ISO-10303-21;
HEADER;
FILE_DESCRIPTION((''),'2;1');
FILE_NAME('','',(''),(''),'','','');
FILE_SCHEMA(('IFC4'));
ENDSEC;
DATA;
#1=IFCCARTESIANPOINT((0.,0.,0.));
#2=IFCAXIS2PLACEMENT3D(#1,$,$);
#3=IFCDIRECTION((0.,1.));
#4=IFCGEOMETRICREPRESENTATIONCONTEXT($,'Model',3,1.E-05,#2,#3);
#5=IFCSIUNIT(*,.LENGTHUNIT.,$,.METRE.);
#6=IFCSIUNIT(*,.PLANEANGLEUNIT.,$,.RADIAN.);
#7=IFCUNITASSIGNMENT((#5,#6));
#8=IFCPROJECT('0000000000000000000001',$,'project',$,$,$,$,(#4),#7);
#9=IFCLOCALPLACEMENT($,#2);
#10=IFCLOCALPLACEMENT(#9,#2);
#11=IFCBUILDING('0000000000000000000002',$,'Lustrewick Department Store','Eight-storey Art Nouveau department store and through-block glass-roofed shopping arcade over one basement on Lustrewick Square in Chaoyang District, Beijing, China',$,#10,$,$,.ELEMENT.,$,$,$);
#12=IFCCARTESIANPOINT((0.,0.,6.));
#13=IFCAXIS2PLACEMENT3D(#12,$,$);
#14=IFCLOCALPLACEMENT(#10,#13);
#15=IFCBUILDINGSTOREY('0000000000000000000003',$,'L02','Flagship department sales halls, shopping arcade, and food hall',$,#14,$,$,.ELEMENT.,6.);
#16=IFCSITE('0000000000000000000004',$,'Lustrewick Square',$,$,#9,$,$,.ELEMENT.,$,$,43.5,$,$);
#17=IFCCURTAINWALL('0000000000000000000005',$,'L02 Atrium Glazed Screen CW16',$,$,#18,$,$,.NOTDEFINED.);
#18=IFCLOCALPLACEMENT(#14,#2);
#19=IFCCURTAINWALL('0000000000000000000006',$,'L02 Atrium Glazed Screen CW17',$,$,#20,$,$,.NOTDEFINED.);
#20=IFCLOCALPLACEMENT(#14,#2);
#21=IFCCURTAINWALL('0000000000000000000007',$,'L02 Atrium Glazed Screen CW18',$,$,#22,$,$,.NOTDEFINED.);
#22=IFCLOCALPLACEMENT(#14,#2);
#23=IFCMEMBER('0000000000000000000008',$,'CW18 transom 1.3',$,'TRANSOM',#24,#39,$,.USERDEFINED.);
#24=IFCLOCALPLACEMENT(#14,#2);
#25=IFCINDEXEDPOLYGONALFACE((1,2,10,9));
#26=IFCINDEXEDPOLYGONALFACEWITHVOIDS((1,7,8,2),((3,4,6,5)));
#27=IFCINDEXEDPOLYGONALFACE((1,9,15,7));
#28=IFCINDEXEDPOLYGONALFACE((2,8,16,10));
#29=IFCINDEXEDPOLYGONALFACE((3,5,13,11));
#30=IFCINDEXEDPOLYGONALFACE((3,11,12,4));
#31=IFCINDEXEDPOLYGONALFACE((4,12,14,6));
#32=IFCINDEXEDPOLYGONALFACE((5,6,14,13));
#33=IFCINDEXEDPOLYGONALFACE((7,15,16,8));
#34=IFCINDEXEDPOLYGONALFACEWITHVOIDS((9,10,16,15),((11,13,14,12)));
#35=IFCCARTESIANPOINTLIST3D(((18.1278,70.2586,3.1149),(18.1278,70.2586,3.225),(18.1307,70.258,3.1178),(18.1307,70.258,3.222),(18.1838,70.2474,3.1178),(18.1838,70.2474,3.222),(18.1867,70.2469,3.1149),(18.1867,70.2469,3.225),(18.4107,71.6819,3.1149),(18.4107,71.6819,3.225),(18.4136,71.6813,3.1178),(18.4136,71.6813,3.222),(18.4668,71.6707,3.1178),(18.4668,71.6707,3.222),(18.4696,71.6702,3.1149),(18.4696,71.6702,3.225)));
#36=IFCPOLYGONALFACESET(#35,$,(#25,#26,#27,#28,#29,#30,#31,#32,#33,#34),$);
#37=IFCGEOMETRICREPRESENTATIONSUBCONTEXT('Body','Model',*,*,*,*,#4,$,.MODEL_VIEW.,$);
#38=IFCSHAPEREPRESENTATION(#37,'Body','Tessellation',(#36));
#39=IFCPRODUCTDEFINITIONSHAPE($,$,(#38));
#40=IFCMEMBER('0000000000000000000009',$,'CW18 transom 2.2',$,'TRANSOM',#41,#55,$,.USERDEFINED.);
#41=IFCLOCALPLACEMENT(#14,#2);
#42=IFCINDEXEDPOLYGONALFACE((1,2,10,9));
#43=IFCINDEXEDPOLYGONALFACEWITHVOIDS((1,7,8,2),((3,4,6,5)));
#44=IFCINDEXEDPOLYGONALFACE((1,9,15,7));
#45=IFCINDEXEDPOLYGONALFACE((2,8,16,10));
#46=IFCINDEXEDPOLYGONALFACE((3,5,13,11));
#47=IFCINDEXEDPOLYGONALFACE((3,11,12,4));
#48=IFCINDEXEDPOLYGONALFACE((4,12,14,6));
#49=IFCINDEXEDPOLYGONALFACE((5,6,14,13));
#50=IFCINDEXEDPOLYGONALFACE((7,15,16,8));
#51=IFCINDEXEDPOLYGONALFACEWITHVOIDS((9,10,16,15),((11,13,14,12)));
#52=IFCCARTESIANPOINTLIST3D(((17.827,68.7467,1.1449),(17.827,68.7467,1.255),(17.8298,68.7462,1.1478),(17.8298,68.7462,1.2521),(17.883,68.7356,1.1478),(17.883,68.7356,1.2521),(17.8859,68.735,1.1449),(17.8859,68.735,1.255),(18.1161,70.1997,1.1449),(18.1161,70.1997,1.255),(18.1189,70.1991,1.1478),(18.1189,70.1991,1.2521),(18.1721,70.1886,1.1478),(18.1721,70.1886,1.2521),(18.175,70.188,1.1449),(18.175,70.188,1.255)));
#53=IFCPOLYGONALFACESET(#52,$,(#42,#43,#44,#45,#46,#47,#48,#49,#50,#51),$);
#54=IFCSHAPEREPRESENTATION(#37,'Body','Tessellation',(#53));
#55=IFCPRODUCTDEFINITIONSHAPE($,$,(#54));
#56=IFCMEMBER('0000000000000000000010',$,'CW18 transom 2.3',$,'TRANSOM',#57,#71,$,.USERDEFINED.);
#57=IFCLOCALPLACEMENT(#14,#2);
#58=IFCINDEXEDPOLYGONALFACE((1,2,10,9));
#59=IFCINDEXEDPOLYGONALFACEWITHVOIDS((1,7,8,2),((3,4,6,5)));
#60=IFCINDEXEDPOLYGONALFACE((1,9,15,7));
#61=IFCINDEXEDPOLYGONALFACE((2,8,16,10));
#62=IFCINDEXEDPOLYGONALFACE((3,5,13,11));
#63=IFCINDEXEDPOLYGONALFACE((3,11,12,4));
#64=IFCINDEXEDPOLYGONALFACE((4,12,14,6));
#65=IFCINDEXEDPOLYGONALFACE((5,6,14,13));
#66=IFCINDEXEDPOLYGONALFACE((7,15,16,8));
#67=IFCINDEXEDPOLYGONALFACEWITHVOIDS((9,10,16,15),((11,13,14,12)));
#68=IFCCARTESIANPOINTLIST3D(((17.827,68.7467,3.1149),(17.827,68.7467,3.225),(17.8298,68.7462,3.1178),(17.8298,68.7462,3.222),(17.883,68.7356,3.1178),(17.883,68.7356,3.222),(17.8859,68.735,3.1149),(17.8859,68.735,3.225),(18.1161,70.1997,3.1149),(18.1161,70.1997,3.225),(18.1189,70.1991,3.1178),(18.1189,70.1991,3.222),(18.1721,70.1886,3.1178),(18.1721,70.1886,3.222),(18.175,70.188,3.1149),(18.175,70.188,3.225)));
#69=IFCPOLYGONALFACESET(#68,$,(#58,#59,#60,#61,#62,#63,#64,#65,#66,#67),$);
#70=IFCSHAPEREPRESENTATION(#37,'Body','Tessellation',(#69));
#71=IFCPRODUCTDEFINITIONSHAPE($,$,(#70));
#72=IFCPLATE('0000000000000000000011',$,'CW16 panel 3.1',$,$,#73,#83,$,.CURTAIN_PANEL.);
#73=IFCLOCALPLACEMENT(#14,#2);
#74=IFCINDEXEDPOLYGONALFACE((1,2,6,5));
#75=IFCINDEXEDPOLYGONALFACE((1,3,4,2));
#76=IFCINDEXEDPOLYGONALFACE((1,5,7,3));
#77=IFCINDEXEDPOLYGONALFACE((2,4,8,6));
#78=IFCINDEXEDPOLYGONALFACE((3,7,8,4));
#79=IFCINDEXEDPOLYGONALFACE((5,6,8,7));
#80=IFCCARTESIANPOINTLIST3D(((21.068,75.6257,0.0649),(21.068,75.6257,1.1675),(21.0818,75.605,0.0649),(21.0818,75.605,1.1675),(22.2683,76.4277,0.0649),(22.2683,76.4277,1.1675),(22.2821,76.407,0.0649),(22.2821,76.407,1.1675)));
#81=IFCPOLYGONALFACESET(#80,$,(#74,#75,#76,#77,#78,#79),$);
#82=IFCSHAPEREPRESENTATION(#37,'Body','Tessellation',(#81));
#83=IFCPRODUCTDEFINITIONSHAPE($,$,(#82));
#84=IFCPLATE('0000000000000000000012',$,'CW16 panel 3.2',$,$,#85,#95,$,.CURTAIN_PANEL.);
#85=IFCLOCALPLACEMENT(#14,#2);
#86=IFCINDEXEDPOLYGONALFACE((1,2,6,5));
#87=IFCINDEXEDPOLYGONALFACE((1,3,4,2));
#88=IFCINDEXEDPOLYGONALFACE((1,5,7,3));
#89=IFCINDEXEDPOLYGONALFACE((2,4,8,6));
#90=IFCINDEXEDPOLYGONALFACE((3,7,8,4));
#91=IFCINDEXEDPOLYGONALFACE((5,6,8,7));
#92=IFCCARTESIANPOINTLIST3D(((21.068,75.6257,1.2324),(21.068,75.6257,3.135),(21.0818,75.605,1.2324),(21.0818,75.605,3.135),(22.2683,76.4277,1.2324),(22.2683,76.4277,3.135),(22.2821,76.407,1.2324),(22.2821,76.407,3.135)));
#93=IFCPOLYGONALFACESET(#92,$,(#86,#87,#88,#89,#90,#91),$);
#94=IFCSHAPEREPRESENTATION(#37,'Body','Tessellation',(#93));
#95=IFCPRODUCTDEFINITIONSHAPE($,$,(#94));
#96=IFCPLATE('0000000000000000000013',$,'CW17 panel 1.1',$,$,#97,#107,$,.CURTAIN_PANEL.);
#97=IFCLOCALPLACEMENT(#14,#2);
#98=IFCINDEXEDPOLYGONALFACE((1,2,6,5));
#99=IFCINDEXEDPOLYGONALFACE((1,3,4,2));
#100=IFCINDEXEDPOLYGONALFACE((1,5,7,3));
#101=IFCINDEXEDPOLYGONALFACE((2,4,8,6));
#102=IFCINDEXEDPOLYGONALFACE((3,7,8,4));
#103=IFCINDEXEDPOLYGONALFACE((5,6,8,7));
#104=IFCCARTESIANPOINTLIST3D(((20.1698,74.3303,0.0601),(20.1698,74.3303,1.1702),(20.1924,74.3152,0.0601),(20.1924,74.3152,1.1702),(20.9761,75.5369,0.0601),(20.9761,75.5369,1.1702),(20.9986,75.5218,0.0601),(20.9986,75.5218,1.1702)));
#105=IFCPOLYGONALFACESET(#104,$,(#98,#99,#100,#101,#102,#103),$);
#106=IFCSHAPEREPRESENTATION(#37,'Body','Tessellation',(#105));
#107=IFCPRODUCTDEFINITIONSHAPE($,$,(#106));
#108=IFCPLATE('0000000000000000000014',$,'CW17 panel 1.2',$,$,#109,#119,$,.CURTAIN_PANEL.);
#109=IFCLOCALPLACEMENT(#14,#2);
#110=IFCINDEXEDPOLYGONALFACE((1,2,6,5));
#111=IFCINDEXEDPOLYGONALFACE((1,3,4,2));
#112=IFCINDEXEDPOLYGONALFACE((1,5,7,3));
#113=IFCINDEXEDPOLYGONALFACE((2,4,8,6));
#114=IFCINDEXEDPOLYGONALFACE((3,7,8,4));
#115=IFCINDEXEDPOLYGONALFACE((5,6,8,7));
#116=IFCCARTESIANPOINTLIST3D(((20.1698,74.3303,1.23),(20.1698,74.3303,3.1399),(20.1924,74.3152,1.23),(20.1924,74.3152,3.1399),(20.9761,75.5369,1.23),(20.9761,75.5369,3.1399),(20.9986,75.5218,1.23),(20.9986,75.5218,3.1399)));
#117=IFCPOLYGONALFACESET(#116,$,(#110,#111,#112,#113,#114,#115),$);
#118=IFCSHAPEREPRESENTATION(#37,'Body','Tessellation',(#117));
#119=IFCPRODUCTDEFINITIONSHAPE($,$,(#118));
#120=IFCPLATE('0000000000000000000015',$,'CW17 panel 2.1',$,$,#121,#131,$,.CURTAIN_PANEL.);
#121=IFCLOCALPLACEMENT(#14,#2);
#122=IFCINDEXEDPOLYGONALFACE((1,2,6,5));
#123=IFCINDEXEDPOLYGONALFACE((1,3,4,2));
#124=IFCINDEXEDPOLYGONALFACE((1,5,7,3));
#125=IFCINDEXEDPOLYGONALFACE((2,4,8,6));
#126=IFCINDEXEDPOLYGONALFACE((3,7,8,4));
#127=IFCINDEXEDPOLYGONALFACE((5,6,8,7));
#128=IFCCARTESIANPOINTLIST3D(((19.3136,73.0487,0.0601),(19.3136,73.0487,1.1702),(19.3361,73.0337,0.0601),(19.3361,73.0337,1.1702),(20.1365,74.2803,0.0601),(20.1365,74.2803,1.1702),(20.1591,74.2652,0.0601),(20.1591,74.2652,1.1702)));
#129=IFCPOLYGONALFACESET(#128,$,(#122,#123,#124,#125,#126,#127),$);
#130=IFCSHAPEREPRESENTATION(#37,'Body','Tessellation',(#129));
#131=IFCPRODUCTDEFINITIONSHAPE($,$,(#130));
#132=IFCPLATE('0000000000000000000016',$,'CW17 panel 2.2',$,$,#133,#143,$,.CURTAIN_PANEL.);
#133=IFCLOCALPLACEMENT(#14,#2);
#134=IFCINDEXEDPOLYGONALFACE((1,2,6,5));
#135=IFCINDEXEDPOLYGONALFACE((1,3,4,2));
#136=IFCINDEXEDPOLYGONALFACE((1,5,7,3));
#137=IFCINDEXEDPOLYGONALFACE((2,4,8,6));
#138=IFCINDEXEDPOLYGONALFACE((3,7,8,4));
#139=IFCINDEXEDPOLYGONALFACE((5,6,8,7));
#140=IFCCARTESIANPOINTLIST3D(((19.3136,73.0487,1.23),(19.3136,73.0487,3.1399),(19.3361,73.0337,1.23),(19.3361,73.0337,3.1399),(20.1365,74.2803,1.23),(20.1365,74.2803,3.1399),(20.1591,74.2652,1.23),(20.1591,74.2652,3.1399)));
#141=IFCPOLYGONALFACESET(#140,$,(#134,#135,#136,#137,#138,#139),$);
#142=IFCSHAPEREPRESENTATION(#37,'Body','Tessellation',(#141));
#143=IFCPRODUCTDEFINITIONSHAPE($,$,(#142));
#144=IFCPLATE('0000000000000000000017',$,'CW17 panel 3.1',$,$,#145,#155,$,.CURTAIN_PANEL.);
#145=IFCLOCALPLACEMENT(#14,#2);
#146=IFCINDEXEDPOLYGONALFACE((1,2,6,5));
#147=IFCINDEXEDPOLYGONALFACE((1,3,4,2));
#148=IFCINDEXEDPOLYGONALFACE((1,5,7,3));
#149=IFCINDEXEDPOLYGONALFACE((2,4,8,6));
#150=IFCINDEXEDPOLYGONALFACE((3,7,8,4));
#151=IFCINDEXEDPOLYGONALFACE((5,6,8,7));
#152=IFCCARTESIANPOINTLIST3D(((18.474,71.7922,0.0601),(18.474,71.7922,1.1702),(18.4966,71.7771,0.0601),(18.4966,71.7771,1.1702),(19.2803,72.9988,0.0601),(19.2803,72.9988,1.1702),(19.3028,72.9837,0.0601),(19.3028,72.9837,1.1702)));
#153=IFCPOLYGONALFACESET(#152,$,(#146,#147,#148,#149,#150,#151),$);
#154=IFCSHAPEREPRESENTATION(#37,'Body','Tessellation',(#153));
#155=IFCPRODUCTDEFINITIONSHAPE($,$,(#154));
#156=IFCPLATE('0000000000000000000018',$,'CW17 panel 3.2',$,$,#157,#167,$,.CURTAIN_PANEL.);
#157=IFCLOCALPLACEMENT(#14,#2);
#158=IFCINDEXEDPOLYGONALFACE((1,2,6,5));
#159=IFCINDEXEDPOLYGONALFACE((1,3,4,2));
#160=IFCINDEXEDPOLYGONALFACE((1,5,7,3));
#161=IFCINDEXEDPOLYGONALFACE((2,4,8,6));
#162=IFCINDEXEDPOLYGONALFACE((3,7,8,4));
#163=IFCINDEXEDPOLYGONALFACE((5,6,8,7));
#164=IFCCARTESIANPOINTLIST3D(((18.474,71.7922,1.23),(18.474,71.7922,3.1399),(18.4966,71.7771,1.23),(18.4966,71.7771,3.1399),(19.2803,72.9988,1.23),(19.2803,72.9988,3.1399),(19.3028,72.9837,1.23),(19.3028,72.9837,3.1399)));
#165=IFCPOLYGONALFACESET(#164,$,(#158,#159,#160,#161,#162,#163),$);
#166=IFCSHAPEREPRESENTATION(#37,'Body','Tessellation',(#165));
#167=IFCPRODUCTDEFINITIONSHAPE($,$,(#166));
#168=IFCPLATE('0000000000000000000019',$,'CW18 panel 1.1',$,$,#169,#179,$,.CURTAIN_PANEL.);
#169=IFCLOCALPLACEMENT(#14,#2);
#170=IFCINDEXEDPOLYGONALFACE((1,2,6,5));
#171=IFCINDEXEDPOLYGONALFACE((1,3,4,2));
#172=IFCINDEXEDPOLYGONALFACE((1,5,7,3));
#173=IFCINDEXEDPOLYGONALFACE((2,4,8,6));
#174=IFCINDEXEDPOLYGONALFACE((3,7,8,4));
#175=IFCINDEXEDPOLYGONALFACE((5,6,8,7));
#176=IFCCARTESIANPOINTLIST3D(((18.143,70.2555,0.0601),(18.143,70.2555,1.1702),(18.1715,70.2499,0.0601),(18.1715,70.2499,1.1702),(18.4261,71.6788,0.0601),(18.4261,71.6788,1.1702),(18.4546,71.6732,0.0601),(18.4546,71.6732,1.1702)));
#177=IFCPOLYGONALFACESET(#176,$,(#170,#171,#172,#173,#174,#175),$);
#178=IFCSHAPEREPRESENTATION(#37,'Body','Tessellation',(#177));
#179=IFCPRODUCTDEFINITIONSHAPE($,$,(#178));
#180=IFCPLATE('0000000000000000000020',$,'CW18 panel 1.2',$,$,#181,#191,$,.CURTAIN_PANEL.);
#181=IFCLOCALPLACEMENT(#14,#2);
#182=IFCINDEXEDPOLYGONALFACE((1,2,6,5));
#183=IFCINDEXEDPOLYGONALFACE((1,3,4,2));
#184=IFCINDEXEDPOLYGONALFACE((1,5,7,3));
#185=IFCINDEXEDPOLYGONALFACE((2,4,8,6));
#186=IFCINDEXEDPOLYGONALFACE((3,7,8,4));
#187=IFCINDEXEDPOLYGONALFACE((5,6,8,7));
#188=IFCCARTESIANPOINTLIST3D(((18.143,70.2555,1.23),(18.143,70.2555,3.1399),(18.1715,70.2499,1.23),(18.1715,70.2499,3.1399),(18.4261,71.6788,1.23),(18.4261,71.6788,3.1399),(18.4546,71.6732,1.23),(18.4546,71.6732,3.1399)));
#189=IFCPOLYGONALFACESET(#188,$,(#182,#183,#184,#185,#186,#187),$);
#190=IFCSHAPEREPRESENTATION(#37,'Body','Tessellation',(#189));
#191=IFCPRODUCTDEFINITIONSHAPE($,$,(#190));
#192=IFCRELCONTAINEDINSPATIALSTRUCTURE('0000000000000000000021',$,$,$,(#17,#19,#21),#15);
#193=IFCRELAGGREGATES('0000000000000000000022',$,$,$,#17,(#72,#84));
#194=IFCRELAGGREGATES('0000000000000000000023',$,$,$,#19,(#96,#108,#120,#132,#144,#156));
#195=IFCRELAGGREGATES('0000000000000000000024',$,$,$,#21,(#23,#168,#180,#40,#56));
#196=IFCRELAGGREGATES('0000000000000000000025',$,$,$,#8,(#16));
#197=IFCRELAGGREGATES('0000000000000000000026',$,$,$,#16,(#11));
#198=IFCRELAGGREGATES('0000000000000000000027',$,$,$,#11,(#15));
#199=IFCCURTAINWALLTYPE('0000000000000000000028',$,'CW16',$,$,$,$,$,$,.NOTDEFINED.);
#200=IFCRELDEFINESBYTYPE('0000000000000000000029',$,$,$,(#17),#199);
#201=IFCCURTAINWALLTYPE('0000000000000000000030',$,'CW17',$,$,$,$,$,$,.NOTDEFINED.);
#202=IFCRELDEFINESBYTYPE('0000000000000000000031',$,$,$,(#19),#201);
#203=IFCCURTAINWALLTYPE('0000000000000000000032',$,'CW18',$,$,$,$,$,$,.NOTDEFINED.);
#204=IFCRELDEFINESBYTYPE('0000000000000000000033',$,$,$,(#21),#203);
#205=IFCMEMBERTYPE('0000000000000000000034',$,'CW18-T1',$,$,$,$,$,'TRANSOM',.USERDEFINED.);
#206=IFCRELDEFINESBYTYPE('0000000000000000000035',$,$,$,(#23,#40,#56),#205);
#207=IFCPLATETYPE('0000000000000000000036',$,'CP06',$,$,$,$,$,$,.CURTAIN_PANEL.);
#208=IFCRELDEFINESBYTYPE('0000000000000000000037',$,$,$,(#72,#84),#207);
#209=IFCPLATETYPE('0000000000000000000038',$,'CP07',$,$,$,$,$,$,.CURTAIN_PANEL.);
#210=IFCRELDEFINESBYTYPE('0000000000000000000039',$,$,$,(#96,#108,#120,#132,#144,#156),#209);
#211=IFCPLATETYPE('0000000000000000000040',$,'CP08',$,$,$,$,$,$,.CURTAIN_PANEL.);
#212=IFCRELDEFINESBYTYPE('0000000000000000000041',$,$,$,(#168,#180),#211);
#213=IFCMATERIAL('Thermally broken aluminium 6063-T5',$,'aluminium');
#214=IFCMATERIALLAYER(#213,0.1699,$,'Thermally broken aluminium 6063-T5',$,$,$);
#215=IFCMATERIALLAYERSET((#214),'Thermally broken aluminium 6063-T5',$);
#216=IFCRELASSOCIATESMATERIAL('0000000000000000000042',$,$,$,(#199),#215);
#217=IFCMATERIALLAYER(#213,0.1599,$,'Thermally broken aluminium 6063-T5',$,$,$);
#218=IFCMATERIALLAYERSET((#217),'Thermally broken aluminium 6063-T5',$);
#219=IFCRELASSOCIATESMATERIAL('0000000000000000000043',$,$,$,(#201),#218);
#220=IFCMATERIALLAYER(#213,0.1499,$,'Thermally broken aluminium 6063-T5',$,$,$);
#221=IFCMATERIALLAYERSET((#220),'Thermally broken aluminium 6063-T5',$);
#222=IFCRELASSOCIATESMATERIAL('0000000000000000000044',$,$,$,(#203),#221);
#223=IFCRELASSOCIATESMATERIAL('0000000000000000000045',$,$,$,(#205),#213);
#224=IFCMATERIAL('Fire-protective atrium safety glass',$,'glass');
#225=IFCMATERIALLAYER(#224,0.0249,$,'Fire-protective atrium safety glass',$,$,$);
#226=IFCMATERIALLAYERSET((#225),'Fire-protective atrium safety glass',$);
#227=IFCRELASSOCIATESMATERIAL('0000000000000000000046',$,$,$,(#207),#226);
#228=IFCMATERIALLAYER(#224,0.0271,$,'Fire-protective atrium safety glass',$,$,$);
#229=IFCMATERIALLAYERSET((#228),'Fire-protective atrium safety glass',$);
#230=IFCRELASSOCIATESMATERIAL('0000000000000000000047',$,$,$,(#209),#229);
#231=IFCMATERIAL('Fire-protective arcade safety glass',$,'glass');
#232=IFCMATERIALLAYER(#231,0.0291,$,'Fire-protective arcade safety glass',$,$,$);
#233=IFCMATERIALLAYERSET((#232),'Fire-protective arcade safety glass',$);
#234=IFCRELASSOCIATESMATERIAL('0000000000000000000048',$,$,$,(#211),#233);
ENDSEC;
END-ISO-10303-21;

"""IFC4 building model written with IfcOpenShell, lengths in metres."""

from ifc_helpers import new_model, si_unit, direction, frame, origin, origin_2d, place, context, subcontext, project, spatial, rectangle, hollow_rectangle, extrude, material, layer, layer_set, material_profile, profile_set, type_object, element, aggregate, save


model = new_model("IFC4")

# Units and contexts
model_context = context("Model", 3, precision=1e-05, world=origin(), true_north=direction((0.0, 1.0)))
body_context = subcontext(model_context, "Body", "Model", "MODEL_VIEW")
ifc_project = project(units=[si_unit("LENGTHUNIT", "METRE"), si_unit("PLANEANGLEUNIT", "RADIAN")], contexts=[model_context])

# Site, building, storey
site_placement = place(None, origin())
site = spatial("IfcSite", under=ifc_project, at=site_placement, Name="Lustrewick Square", CompositionType="ELEMENT", RefElevation=43.5)
building_placement = place(site_placement, origin())
building = spatial("IfcBuilding", under=site, at=building_placement, Name="Lustrewick Department Store", Description="Eight-storey Art Nouveau department store and through-block glass-roofed shopping arcade over one basement on Lustrewick Square in Chaoyang District, Beijing, China", CompositionType="ELEMENT")
storey_placement = place(building_placement, frame((0.0, 0.0, 6.0)))
storey = spatial("IfcBuildingStorey", under=building, at=storey_placement, Name="L02", Description="Flagship department sales halls, shopping arcade, and food hall", CompositionType="ELEMENT", Elevation=6.0)

# Curtain walls, members
ifc_material_1 = material(Name="Thermally broken aluminium 6063-T5", Category="aluminium")
ifc_layer_1 = layer(ifc_material_1, 0.1699, Name="Thermally broken aluminium 6063-T5")
ifc_layer_set_1 = layer_set([ifc_layer_1], Name="Thermally broken aluminium 6063-T5")
curtain_wall_type_1 = type_object("IfcCurtainWallType", Name="CW16", PredefinedType="NOTDEFINED", material=ifc_layer_set_1)
curtain_wall_1_placement = place(storey_placement, origin())
curtain_wall_1 = element("IfcCurtainWall", 1, at=curtain_wall_1_placement, inside=storey, type_object=curtain_wall_type_1, Name="L02 Atrium Glazed Screen CW16", PredefinedType="NOTDEFINED")
ifc_layer_2 = layer(ifc_material_1, 0.1599, Name="Thermally broken aluminium 6063-T5")
ifc_layer_set_2 = layer_set([ifc_layer_2], Name="Thermally broken aluminium 6063-T5")
curtain_wall_type_2 = type_object("IfcCurtainWallType", Name="CW17", PredefinedType="NOTDEFINED", material=ifc_layer_set_2)
curtain_wall_2_placement = place(storey_placement, origin())
curtain_wall_2 = element("IfcCurtainWall", 2, at=curtain_wall_2_placement, inside=storey, type_object=curtain_wall_type_2, Name="L02 Atrium Glazed Screen CW17", PredefinedType="NOTDEFINED")
ifc_layer_3 = layer(ifc_material_1, 0.1499, Name="Thermally broken aluminium 6063-T5")
ifc_layer_set_3 = layer_set([ifc_layer_3], Name="Thermally broken aluminium 6063-T5")
curtain_wall_type_3 = type_object("IfcCurtainWallType", Name="CW18", PredefinedType="NOTDEFINED", material=ifc_layer_set_3)
curtain_wall_3_placement = place(storey_placement, origin())
curtain_wall_3 = element("IfcCurtainWall", 3, at=curtain_wall_3_placement, inside=storey, type_object=curtain_wall_type_3, Name="L02 Atrium Glazed Screen CW18", PredefinedType="NOTDEFINED")
ifc_material_profile_1 = material_profile(ifc_material_1, hollow_rectangle(XDim=0.0601, YDim=0.1101, WallThickness=0.0029, at=origin_2d()), Name="ALU-T 60x110x3")
ifc_profile_set_1 = profile_set([ifc_material_profile_1], Name="Thermally broken aluminium 6063-T5")
member_type_1 = type_object("IfcMemberType", Name="CW18-T1", ElementType="TRANSOM", PredefinedType="USERDEFINED", material=ifc_profile_set_1)
member_1_placement = place(storey_placement, frame((18.4402, 71.676, 3.1699), z_axis=(-0.194984, -0.980806, 0.0), x_axis=(0.980806, -0.194984, 0.0)))
member_1 = element("IfcMember", 4, at=member_1_placement, type_object=member_type_1, Name="CW18 transom 1.3", ObjectType="TRANSOM", PredefinedType="USERDEFINED", context=body_context, shape_type="SweptSolid", body=[
    extrude(hollow_rectangle(XDim=0.0601, YDim=0.1101, WallThickness=0.0029, at=origin_2d()), origin(), (0.0, 0.0, 1.0), 1.4512),
])
member_2_placement = place(storey_placement, frame((18.1455, 70.1938, 1.2), z_axis=(-0.195134, -0.980777, 0.0), x_axis=(0.980777, -0.195134, 0.0)))
member_2 = element("IfcMember", 5, at=member_2_placement, type_object=member_type_1, Name="CW18 transom 2.2", ObjectType="TRANSOM", PredefinedType="USERDEFINED", context=body_context, shape_type="SweptSolid", body=[
    extrude(hollow_rectangle(XDim=0.0601, YDim=0.1101, WallThickness=0.0029, at=origin_2d()), origin(), (0.0, 0.0, 1.0), 1.4814),
])
member_3_placement = place(storey_placement, frame((18.1455, 70.1938, 3.1699), z_axis=(-0.195134, -0.980777, 0.0), x_axis=(0.980777, -0.195134, 0.0)))
member_3 = element("IfcMember", 6, at=member_3_placement, type_object=member_type_1, Name="CW18 transom 2.3", ObjectType="TRANSOM", PredefinedType="USERDEFINED", context=body_context, shape_type="SweptSolid", body=[
    extrude(hollow_rectangle(XDim=0.0601, YDim=0.1101, WallThickness=0.0029, at=origin_2d()), origin(), (0.0, 0.0, 1.0), 1.4814),
])

# Plates
ifc_material_2 = material(Name="Fire-protective atrium safety glass", Category="glass")
ifc_layer_4 = layer(ifc_material_2, 0.0249, Name="Fire-protective atrium safety glass")
ifc_layer_set_4 = layer_set([ifc_layer_4], Name="Fire-protective atrium safety glass")
plate_type_1 = type_object("IfcPlateType", Name="CP06", PredefinedType="CURTAIN_PANEL", material=ifc_layer_set_4)
plate_1_placement = place(storey_placement, frame((21.675, 76.0164, 0.0649), z_axis=(0.0, 0.0, 1.0), x_axis=(-0.831464, -0.555578, 0.0)))
plate_1 = element("IfcPlate", 7, at=plate_1_placement, type_object=plate_type_1, Name="CW16 panel 3.1", PredefinedType="CURTAIN_PANEL", context=body_context, shape_type="SweptSolid", body=[
    extrude(rectangle(XDim=1.4436, YDim=0.0249, at=origin_2d()), origin(), (0.0, 0.0, 1.0), 1.1025),
])
plate_2_placement = place(storey_placement, frame((21.675, 76.0164, 1.2324), z_axis=(0.0, 0.0, 1.0), x_axis=(-0.831464, -0.555578, 0.0)))
plate_2 = element("IfcPlate", 8, at=plate_2_placement, type_object=plate_type_1, Name="CW16 panel 3.2", PredefinedType="CURTAIN_PANEL", context=body_context, shape_type="SweptSolid", body=[
    extrude(rectangle(XDim=1.4436, YDim=0.0249, at=origin_2d()), origin(), (0.0, 0.0, 1.0), 1.9026),
])
aggregate(curtain_wall_1, [plate_1, plate_2])
ifc_layer_5 = layer(ifc_material_2, 0.0271, Name="Fire-protective atrium safety glass")
ifc_layer_set_5 = layer_set([ifc_layer_5], Name="Fire-protective atrium safety glass")
plate_type_2 = type_object("IfcPlateType", Name="CP07", PredefinedType="CURTAIN_PANEL", material=ifc_layer_set_5)
plate_3_placement = place(storey_placement, frame((20.5842, 74.926, 0.0601), z_axis=(0.0, 0.0, 1.0), x_axis=(-0.555578, -0.831464, 0.0)))
plate_3 = element("IfcPlate", 9, at=plate_3_placement, type_object=plate_type_2, Name="CW17 panel 1.1", PredefinedType="CURTAIN_PANEL", context=body_context, shape_type="SweptSolid", body=[
    extrude(rectangle(XDim=1.4512, YDim=0.0271, at=origin_2d()), origin(), (0.0, 0.0, 1.0), 1.1101),
])
plate_4_placement = place(storey_placement, frame((20.5842, 74.926, 1.23), z_axis=(0.0, 0.0, 1.0), x_axis=(-0.555578, -0.831464, 0.0)))
plate_4 = element("IfcPlate", 10, at=plate_4_placement, type_object=plate_type_2, Name="CW17 panel 1.2", PredefinedType="CURTAIN_PANEL", context=body_context, shape_type="SweptSolid", body=[
    extrude(rectangle(XDim=1.4512, YDim=0.0271, at=origin_2d()), origin(), (0.0, 0.0, 1.0), 1.9099),
])
plate_5_placement = place(storey_placement, frame((19.7363, 73.657, 0.0601), z_axis=(0.0, 0.0, 1.0), x_axis=(-0.555578, -0.831464, 0.0)))
plate_5 = element("IfcPlate", 11, at=plate_5_placement, type_object=plate_type_2, Name="CW17 panel 2.1", PredefinedType="CURTAIN_PANEL", context=body_context, shape_type="SweptSolid", body=[
    extrude(rectangle(XDim=1.4812, YDim=0.0271, at=origin_2d()), origin(), (0.0, 0.0, 1.0), 1.1101),
])
plate_6_placement = place(storey_placement, frame((19.7363, 73.657, 1.23), z_axis=(0.0, 0.0, 1.0), x_axis=(-0.555578, -0.831464, 0.0)))
plate_6 = element("IfcPlate", 12, at=plate_6_placement, type_object=plate_type_2, Name="CW17 panel 2.2", PredefinedType="CURTAIN_PANEL", context=body_context, shape_type="SweptSolid", body=[
    extrude(rectangle(XDim=1.4812, YDim=0.0271, at=origin_2d()), origin(), (0.0, 0.0, 1.0), 1.9099),
])
plate_7_placement = place(storey_placement, frame((18.8884, 72.3879, 0.0601), z_axis=(0.0, 0.0, 1.0), x_axis=(-0.555578, -0.831464, 0.0)))
plate_7 = element("IfcPlate", 13, at=plate_7_placement, type_object=plate_type_2, Name="CW17 panel 3.1", PredefinedType="CURTAIN_PANEL", context=body_context, shape_type="SweptSolid", body=[
    extrude(rectangle(XDim=1.4512, YDim=0.0271, at=origin_2d()), origin(), (0.0, 0.0, 1.0), 1.1101),
])
plate_8_placement = place(storey_placement, frame((18.8884, 72.3879, 1.23), z_axis=(0.0, 0.0, 1.0), x_axis=(-0.555578, -0.831464, 0.0)))
plate_8 = element("IfcPlate", 14, at=plate_8_placement, type_object=plate_type_2, Name="CW17 panel 3.2", PredefinedType="CURTAIN_PANEL", context=body_context, shape_type="SweptSolid", body=[
    extrude(rectangle(XDim=1.4512, YDim=0.0271, at=origin_2d()), origin(), (0.0, 0.0, 1.0), 1.9099),
])
aggregate(curtain_wall_2, [plate_3, plate_4, plate_5, plate_6, plate_7, plate_8])
ifc_material_3 = material(Name="Fire-protective arcade safety glass", Category="glass")
ifc_layer_6 = layer(ifc_material_3, 0.0291, Name="Fire-protective arcade safety glass")
ifc_layer_set_6 = layer_set([ifc_layer_6], Name="Fire-protective arcade safety glass")
plate_type_3 = type_object("IfcPlateType", Name="CP08", PredefinedType="CURTAIN_PANEL", material=ifc_layer_set_6)
plate_9_placement = place(storey_placement, frame((18.2988, 70.9644, 0.0601), z_axis=(0.0, 0.0, 1.0), x_axis=(-0.195085, -0.980786, 0.0)))
plate_9 = element("IfcPlate", 15, at=plate_9_placement, type_object=plate_type_3, Name="CW18 panel 1.1", PredefinedType="CURTAIN_PANEL", context=body_context, shape_type="SweptSolid", body=[
    extrude(rectangle(XDim=1.4512, YDim=0.0291, at=origin_2d()), origin(), (0.0, 0.0, 1.0), 1.1101),
])
plate_10_placement = place(storey_placement, frame((18.2988, 70.9644, 1.23), z_axis=(0.0, 0.0, 1.0), x_axis=(-0.195085, -0.980786, 0.0)))
plate_10 = element("IfcPlate", 16, at=plate_10_placement, type_object=plate_type_3, Name="CW18 panel 1.2", PredefinedType="CURTAIN_PANEL", context=body_context, shape_type="SweptSolid", body=[
    extrude(rectangle(XDim=1.4512, YDim=0.0291, at=origin_2d()), origin(), (0.0, 0.0, 1.0), 1.9099),
])
aggregate(curtain_wall_3, [member_1, plate_9, plate_10, member_2, member_3])

save(model, "model.ifc")
